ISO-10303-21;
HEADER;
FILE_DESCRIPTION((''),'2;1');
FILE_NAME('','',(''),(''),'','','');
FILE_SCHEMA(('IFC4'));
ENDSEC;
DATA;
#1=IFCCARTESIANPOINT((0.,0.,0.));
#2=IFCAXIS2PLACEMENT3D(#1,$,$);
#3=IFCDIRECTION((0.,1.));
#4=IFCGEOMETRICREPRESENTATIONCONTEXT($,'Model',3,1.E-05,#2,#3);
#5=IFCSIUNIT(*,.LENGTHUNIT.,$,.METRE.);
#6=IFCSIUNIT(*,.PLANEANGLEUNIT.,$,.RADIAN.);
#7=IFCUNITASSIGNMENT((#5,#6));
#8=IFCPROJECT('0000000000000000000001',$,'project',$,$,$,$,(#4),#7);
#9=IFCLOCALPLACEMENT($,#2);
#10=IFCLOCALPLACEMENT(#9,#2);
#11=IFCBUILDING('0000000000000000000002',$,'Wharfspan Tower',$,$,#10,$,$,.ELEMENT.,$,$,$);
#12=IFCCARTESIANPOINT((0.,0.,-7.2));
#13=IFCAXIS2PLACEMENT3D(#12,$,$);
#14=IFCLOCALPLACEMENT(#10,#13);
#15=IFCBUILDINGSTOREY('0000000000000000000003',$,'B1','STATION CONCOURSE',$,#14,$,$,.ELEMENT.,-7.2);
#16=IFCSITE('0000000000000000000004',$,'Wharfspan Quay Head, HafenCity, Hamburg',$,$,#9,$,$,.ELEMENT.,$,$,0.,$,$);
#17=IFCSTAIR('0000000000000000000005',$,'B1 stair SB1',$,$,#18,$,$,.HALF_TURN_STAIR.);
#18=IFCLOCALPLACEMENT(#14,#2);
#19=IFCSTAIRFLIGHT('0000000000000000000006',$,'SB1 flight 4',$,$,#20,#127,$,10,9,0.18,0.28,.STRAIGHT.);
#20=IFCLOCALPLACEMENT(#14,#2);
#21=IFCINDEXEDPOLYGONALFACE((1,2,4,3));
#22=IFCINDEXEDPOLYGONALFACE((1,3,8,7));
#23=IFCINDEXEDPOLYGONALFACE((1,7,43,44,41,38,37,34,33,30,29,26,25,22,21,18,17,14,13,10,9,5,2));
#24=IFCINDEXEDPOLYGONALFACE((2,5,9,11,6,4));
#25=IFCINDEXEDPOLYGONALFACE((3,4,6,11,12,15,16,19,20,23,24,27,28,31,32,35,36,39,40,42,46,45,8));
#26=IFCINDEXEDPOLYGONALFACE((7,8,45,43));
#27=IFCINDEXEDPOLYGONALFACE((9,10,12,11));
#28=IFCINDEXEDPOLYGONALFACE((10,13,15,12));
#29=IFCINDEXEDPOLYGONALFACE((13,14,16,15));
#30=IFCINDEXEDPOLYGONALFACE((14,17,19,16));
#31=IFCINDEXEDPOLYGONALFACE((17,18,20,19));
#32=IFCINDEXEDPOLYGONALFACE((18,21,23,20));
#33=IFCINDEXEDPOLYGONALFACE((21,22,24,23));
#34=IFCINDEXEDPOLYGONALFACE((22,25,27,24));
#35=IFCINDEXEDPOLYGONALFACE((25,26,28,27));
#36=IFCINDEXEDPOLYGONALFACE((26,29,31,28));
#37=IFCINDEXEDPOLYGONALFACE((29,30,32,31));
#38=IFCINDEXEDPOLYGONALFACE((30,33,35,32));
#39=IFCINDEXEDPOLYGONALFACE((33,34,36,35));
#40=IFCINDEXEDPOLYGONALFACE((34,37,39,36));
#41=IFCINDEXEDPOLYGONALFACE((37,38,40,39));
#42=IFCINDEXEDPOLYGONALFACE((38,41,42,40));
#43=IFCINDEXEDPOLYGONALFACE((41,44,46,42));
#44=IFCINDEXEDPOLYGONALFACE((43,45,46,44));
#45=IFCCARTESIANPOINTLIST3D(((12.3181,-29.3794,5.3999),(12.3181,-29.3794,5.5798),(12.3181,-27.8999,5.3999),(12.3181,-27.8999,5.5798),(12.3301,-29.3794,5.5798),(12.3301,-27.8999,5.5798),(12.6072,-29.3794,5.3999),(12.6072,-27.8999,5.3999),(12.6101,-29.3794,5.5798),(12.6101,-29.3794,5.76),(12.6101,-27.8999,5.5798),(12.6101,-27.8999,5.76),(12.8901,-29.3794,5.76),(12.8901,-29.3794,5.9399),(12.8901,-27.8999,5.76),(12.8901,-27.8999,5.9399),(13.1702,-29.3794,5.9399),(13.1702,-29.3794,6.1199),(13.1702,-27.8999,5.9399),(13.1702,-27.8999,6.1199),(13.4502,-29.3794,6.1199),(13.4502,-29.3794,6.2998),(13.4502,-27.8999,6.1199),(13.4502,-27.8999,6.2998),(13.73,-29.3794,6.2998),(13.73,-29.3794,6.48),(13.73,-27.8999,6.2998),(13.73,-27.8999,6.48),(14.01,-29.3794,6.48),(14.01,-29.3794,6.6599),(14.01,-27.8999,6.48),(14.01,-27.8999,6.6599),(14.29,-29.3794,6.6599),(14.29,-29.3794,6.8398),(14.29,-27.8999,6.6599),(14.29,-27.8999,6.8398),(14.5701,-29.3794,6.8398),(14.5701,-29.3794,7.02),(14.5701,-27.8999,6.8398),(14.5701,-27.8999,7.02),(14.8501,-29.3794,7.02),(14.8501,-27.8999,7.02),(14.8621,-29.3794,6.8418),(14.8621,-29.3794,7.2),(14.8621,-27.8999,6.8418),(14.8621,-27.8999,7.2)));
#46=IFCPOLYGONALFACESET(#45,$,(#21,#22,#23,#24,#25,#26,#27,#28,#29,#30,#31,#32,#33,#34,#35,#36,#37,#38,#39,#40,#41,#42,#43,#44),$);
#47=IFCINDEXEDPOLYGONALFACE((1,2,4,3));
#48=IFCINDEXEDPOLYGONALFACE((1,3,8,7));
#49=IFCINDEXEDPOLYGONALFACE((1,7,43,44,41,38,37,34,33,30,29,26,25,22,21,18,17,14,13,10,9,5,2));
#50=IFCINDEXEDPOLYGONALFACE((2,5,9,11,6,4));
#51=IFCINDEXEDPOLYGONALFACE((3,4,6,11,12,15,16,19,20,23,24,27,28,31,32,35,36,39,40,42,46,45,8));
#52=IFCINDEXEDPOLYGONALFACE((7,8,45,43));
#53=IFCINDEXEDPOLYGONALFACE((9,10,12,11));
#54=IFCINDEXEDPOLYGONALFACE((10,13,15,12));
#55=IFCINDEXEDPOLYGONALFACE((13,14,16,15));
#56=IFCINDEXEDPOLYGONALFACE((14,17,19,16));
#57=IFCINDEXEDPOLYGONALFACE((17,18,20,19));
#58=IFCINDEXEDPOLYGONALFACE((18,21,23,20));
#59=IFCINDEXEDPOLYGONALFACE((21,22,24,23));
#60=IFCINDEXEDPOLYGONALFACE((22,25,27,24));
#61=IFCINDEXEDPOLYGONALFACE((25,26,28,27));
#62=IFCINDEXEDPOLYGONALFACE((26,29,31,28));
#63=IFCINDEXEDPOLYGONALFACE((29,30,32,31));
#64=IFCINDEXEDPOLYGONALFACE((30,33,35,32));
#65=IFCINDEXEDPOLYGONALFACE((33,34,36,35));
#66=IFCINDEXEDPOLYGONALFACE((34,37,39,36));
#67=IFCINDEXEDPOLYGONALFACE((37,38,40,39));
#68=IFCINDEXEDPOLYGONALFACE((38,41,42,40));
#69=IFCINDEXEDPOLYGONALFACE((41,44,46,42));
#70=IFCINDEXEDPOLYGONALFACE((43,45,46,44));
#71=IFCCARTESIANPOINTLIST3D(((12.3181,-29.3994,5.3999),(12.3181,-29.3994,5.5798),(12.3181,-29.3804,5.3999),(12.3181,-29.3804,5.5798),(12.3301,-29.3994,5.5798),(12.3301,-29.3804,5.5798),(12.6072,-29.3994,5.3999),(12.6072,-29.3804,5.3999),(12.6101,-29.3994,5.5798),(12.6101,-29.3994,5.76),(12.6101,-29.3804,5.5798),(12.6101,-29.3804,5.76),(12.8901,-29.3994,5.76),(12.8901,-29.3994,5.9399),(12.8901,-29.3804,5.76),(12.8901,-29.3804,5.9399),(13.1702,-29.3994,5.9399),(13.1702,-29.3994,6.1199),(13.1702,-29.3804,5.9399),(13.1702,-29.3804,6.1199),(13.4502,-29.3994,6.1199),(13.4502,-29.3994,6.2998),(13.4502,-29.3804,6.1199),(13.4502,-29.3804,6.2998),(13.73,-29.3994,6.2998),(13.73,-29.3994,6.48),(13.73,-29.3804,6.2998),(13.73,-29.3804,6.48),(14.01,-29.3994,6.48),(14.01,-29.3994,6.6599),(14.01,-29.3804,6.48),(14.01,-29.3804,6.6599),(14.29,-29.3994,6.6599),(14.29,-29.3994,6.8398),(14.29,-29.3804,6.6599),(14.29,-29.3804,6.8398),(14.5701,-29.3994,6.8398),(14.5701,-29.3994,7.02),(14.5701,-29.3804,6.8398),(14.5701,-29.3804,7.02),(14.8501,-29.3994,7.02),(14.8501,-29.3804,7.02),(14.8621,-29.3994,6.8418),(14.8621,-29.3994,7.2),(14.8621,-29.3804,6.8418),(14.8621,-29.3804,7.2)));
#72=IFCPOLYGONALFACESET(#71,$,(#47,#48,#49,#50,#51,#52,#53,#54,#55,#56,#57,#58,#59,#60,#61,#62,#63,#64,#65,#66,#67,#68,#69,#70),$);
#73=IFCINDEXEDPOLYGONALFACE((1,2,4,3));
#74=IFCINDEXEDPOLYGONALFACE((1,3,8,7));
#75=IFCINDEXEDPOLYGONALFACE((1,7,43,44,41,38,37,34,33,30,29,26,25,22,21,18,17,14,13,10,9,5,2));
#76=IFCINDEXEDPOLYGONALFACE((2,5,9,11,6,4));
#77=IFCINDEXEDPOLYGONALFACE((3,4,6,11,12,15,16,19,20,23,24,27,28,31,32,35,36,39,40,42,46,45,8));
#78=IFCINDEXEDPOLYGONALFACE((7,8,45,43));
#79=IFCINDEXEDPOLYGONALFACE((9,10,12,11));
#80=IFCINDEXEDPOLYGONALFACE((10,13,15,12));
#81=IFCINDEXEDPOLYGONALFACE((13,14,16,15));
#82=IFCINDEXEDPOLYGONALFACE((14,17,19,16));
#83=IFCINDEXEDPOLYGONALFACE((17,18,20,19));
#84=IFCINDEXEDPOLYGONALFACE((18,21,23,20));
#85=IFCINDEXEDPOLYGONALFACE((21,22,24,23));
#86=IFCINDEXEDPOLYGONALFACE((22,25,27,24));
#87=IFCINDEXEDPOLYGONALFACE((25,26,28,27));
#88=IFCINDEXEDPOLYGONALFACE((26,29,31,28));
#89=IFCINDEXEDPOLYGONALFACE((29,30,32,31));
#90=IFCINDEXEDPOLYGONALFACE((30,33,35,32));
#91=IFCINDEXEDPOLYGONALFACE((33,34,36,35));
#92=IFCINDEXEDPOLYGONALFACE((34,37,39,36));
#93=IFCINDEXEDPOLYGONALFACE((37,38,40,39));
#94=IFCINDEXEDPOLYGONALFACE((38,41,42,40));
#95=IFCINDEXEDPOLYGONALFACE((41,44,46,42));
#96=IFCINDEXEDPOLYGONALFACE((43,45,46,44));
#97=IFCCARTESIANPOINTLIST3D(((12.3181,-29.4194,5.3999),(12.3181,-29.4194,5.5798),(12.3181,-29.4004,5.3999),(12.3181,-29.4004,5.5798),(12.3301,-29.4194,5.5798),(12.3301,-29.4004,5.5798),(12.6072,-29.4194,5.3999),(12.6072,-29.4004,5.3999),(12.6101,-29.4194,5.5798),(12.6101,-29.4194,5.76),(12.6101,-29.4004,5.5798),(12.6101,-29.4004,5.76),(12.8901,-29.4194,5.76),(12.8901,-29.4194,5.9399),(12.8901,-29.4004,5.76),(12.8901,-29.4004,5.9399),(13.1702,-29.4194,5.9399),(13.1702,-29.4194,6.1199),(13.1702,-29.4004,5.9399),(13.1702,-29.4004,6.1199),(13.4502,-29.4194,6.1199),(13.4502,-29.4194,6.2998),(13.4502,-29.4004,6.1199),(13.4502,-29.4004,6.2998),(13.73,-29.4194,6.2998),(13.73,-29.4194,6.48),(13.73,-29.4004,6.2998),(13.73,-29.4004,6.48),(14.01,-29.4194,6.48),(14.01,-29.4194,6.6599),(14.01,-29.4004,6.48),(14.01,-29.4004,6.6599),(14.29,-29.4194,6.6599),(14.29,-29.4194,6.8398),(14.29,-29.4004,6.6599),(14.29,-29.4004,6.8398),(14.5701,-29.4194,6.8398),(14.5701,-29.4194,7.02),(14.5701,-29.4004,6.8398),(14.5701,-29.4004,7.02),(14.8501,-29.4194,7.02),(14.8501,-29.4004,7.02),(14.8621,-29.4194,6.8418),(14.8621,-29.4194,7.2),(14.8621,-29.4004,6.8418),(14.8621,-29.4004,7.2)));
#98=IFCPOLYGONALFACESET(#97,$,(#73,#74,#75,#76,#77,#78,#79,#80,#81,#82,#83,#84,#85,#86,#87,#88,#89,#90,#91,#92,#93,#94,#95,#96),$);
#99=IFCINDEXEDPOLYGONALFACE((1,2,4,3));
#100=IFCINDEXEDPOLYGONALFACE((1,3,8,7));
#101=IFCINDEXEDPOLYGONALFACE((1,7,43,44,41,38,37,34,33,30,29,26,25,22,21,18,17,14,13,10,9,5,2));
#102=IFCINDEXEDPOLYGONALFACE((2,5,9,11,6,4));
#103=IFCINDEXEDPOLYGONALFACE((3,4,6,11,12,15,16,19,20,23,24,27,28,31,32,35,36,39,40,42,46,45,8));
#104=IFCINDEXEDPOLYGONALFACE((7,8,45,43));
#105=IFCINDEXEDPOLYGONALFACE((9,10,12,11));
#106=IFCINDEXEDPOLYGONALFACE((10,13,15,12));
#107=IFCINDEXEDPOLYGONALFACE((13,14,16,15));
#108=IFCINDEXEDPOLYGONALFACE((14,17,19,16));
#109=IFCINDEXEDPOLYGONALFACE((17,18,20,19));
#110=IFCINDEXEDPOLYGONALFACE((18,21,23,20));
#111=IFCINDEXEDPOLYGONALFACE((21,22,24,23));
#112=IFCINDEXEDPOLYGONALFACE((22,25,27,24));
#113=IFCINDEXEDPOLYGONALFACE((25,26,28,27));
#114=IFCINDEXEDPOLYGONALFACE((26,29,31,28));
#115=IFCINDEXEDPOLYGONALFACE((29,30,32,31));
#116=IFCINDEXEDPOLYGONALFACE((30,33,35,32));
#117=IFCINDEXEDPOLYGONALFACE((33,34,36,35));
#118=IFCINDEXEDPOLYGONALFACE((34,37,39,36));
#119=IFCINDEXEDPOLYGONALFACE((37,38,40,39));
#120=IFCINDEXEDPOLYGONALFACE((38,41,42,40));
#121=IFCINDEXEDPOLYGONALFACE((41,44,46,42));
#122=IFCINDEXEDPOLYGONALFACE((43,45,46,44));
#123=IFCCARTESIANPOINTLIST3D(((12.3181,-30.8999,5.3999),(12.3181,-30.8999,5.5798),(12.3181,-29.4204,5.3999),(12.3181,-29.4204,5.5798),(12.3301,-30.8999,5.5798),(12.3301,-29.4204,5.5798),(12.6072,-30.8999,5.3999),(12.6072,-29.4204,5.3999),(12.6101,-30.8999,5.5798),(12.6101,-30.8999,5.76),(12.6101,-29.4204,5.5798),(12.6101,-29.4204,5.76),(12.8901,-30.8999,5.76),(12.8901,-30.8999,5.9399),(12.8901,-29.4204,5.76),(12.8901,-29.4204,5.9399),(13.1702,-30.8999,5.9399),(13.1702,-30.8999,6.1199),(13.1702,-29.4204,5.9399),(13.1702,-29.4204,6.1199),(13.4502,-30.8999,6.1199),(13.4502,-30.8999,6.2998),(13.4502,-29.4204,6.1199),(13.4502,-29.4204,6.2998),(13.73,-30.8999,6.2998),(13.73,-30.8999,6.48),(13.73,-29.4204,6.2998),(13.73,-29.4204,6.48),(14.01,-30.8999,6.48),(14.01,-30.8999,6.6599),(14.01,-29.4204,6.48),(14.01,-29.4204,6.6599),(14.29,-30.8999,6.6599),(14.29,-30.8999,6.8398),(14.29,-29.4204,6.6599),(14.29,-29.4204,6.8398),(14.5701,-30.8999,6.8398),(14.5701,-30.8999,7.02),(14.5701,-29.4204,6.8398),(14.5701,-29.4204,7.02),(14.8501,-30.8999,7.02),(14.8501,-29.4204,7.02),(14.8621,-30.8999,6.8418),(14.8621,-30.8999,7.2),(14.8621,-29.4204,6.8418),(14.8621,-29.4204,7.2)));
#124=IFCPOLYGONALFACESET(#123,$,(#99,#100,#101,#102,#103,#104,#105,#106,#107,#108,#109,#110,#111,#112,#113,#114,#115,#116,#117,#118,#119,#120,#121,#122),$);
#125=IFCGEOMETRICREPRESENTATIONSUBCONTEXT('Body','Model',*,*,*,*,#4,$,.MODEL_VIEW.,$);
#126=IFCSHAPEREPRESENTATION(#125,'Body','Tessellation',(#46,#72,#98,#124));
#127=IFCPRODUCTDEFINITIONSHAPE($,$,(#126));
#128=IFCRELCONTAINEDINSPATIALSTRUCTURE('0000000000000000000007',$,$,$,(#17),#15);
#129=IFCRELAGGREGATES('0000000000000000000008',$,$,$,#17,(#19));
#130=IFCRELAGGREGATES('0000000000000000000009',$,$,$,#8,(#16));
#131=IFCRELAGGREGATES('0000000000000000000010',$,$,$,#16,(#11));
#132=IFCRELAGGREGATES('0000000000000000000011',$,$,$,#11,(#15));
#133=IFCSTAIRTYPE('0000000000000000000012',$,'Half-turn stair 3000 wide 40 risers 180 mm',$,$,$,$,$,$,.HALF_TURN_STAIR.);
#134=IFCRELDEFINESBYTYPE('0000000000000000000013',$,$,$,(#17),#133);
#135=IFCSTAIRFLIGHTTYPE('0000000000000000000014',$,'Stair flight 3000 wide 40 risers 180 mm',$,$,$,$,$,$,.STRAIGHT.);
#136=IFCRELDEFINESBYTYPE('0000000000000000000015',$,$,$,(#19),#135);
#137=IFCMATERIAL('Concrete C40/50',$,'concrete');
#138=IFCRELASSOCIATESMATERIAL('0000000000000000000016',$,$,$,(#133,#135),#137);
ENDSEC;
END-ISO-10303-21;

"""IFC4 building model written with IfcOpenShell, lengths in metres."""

from ifc_helpers import new_model, si_unit, direction, frame, origin, place, context, subcontext, project, spatial, polyline, outline, extrude, material, type_object, element, aggregate, save


model = new_model("IFC4")

# Units and contexts
model_context = context("Model", 3, precision=1e-05, world=origin(), true_north=direction((0.0, 1.0)))
body_context = subcontext(model_context, "Body", "Model", "MODEL_VIEW")
ifc_project = project(units=[si_unit("LENGTHUNIT", "METRE"), si_unit("PLANEANGLEUNIT", "RADIAN")], contexts=[model_context])

# Site, building, storey
site_placement = place(None, origin())
site = spatial("IfcSite", under=ifc_project, at=site_placement, Name="Wharfspan Quay Head, HafenCity, Hamburg", CompositionType="ELEMENT", RefElevation=0.0)
building_placement = place(site_placement, origin())
building = spatial("IfcBuilding", under=site, at=building_placement, Name="Wharfspan Tower", CompositionType="ELEMENT")
storey_placement = place(building_placement, frame((0.0, 0.0, -7.2)))
storey = spatial("IfcBuildingStorey", under=building, at=storey_placement, Name="B1", Description="STATION CONCOURSE", CompositionType="ELEMENT", Elevation=-7.2)

# Shared definitions
ifc_material_1 = material(Name="Concrete C40/50", Category="concrete")

# Stair, stair flight
stair_type = type_object("IfcStairType", Name="Half-turn stair 3000 wide 40 risers 180 mm", PredefinedType="HALF_TURN_STAIR", material=ifc_material_1)
stair_placement = place(storey_placement, origin())
stair = element("IfcStair", 1, at=stair_placement, inside=storey, type_object=stair_type, Name="B1 stair SB1", PredefinedType="HALF_TURN_STAIR")
stair_flight_type = type_object("IfcStairFlightType", Name="Stair flight 3000 wide 40 risers 180 mm", PredefinedType="STRAIGHT", material=ifc_material_1)
stair_flight_1_placement = place(storey_placement, frame((12.3301, -29.3999, 5.3999), z_axis=(0.0, 0.0, 1.0), x_axis=(1.0, 0.0, 0.0)))
stair_flight_1 = element("IfcStairFlight", 2, at=stair_flight_1_placement, type_object=stair_flight_type, Name="SB1 flight 4", NumberOfRisers=10, NumberOfTreads=9, PredefinedType="STRAIGHT", RiserHeight=0.18, TreadLength=0.28, context=body_context, shape_type="SweptSolid", body=[
    extrude(outline(polyline([(-0.012, 0.0), (-0.012, 0.1799), (0.0, 0.1799), (0.28, 0.1799), (0.28, 0.3601), (0.5601, 0.3601), (0.5601, 0.54), (0.8401, 0.54), (0.8401, 0.72), (1.1201, 0.72), (1.1201, 0.8999), (1.3999, 0.8999), (1.3999, 1.0801), (1.6799, 1.0801), (1.6799, 1.26), (1.96, 1.26), (1.96, 1.4399), (2.24, 1.4399), (2.24, 1.6201), (2.52, 1.6201), (2.532, 1.8), (2.532, 1.4419), (0.2771, 0.0), (-0.012, 0.0)])), frame((0.0, 1.5, 0.0), z_axis=(0.0, -1.0, 0.0), x_axis=(1.0, 0.0, 0.0)), (0.0, 0.0, 1.0), 1.4795),
    extrude(outline(polyline([(-0.012, 0.0), (-0.012, 0.1799), (0.0, 0.1799), (0.28, 0.1799), (0.28, 0.3601), (0.5601, 0.3601), (0.5601, 0.54), (0.8401, 0.54), (0.8401, 0.72), (1.1201, 0.72), (1.1201, 0.8999), (1.3999, 0.8999), (1.3999, 1.0801), (1.6799, 1.0801), (1.6799, 1.26), (1.96, 1.26), (1.96, 1.4399), (2.24, 1.4399), (2.24, 1.6201), (2.52, 1.6201), (2.532, 1.8), (2.532, 1.4419), (0.2771, 0.0), (-0.012, 0.0)])), frame((0.0, 0.0195, 0.0), z_axis=(0.0, -1.0, 0.0), x_axis=(1.0, 0.0, 0.0)), (0.0, 0.0, 1.0), 0.019),
    extrude(outline(polyline([(-0.012, 0.0), (-0.012, 0.1799), (0.0, 0.1799), (0.28, 0.1799), (0.28, 0.3601), (0.5601, 0.3601), (0.5601, 0.54), (0.8401, 0.54), (0.8401, 0.72), (1.1201, 0.72), (1.1201, 0.8999), (1.3999, 0.8999), (1.3999, 1.0801), (1.6799, 1.0801), (1.6799, 1.26), (1.96, 1.26), (1.96, 1.4399), (2.24, 1.4399), (2.24, 1.6201), (2.52, 1.6201), (2.532, 1.8), (2.532, 1.4419), (0.2771, 0.0), (-0.012, 0.0)])), frame((0.0, -0.0005, 0.0), z_axis=(0.0, -1.0, 0.0), x_axis=(1.0, 0.0, 0.0)), (0.0, 0.0, 1.0), 0.019),
    extrude(outline(polyline([(-0.012, 0.0), (-0.012, 0.1799), (0.0, 0.1799), (0.28, 0.1799), (0.28, 0.3601), (0.5601, 0.3601), (0.5601, 0.54), (0.8401, 0.54), (0.8401, 0.72), (1.1201, 0.72), (1.1201, 0.8999), (1.3999, 0.8999), (1.3999, 1.0801), (1.6799, 1.0801), (1.6799, 1.26), (1.96, 1.26), (1.96, 1.4399), (2.24, 1.4399), (2.24, 1.6201), (2.52, 1.6201), (2.532, 1.8), (2.532, 1.4419), (0.2771, 0.0), (-0.012, 0.0)])), frame((0.0, -0.0205, 0.0), z_axis=(0.0, -1.0, 0.0), x_axis=(1.0, 0.0, 0.0)), (0.0, 0.0, 1.0), 1.4795),
])
aggregate(stair, [stair_flight_1])

save(model, "model.ifc")
